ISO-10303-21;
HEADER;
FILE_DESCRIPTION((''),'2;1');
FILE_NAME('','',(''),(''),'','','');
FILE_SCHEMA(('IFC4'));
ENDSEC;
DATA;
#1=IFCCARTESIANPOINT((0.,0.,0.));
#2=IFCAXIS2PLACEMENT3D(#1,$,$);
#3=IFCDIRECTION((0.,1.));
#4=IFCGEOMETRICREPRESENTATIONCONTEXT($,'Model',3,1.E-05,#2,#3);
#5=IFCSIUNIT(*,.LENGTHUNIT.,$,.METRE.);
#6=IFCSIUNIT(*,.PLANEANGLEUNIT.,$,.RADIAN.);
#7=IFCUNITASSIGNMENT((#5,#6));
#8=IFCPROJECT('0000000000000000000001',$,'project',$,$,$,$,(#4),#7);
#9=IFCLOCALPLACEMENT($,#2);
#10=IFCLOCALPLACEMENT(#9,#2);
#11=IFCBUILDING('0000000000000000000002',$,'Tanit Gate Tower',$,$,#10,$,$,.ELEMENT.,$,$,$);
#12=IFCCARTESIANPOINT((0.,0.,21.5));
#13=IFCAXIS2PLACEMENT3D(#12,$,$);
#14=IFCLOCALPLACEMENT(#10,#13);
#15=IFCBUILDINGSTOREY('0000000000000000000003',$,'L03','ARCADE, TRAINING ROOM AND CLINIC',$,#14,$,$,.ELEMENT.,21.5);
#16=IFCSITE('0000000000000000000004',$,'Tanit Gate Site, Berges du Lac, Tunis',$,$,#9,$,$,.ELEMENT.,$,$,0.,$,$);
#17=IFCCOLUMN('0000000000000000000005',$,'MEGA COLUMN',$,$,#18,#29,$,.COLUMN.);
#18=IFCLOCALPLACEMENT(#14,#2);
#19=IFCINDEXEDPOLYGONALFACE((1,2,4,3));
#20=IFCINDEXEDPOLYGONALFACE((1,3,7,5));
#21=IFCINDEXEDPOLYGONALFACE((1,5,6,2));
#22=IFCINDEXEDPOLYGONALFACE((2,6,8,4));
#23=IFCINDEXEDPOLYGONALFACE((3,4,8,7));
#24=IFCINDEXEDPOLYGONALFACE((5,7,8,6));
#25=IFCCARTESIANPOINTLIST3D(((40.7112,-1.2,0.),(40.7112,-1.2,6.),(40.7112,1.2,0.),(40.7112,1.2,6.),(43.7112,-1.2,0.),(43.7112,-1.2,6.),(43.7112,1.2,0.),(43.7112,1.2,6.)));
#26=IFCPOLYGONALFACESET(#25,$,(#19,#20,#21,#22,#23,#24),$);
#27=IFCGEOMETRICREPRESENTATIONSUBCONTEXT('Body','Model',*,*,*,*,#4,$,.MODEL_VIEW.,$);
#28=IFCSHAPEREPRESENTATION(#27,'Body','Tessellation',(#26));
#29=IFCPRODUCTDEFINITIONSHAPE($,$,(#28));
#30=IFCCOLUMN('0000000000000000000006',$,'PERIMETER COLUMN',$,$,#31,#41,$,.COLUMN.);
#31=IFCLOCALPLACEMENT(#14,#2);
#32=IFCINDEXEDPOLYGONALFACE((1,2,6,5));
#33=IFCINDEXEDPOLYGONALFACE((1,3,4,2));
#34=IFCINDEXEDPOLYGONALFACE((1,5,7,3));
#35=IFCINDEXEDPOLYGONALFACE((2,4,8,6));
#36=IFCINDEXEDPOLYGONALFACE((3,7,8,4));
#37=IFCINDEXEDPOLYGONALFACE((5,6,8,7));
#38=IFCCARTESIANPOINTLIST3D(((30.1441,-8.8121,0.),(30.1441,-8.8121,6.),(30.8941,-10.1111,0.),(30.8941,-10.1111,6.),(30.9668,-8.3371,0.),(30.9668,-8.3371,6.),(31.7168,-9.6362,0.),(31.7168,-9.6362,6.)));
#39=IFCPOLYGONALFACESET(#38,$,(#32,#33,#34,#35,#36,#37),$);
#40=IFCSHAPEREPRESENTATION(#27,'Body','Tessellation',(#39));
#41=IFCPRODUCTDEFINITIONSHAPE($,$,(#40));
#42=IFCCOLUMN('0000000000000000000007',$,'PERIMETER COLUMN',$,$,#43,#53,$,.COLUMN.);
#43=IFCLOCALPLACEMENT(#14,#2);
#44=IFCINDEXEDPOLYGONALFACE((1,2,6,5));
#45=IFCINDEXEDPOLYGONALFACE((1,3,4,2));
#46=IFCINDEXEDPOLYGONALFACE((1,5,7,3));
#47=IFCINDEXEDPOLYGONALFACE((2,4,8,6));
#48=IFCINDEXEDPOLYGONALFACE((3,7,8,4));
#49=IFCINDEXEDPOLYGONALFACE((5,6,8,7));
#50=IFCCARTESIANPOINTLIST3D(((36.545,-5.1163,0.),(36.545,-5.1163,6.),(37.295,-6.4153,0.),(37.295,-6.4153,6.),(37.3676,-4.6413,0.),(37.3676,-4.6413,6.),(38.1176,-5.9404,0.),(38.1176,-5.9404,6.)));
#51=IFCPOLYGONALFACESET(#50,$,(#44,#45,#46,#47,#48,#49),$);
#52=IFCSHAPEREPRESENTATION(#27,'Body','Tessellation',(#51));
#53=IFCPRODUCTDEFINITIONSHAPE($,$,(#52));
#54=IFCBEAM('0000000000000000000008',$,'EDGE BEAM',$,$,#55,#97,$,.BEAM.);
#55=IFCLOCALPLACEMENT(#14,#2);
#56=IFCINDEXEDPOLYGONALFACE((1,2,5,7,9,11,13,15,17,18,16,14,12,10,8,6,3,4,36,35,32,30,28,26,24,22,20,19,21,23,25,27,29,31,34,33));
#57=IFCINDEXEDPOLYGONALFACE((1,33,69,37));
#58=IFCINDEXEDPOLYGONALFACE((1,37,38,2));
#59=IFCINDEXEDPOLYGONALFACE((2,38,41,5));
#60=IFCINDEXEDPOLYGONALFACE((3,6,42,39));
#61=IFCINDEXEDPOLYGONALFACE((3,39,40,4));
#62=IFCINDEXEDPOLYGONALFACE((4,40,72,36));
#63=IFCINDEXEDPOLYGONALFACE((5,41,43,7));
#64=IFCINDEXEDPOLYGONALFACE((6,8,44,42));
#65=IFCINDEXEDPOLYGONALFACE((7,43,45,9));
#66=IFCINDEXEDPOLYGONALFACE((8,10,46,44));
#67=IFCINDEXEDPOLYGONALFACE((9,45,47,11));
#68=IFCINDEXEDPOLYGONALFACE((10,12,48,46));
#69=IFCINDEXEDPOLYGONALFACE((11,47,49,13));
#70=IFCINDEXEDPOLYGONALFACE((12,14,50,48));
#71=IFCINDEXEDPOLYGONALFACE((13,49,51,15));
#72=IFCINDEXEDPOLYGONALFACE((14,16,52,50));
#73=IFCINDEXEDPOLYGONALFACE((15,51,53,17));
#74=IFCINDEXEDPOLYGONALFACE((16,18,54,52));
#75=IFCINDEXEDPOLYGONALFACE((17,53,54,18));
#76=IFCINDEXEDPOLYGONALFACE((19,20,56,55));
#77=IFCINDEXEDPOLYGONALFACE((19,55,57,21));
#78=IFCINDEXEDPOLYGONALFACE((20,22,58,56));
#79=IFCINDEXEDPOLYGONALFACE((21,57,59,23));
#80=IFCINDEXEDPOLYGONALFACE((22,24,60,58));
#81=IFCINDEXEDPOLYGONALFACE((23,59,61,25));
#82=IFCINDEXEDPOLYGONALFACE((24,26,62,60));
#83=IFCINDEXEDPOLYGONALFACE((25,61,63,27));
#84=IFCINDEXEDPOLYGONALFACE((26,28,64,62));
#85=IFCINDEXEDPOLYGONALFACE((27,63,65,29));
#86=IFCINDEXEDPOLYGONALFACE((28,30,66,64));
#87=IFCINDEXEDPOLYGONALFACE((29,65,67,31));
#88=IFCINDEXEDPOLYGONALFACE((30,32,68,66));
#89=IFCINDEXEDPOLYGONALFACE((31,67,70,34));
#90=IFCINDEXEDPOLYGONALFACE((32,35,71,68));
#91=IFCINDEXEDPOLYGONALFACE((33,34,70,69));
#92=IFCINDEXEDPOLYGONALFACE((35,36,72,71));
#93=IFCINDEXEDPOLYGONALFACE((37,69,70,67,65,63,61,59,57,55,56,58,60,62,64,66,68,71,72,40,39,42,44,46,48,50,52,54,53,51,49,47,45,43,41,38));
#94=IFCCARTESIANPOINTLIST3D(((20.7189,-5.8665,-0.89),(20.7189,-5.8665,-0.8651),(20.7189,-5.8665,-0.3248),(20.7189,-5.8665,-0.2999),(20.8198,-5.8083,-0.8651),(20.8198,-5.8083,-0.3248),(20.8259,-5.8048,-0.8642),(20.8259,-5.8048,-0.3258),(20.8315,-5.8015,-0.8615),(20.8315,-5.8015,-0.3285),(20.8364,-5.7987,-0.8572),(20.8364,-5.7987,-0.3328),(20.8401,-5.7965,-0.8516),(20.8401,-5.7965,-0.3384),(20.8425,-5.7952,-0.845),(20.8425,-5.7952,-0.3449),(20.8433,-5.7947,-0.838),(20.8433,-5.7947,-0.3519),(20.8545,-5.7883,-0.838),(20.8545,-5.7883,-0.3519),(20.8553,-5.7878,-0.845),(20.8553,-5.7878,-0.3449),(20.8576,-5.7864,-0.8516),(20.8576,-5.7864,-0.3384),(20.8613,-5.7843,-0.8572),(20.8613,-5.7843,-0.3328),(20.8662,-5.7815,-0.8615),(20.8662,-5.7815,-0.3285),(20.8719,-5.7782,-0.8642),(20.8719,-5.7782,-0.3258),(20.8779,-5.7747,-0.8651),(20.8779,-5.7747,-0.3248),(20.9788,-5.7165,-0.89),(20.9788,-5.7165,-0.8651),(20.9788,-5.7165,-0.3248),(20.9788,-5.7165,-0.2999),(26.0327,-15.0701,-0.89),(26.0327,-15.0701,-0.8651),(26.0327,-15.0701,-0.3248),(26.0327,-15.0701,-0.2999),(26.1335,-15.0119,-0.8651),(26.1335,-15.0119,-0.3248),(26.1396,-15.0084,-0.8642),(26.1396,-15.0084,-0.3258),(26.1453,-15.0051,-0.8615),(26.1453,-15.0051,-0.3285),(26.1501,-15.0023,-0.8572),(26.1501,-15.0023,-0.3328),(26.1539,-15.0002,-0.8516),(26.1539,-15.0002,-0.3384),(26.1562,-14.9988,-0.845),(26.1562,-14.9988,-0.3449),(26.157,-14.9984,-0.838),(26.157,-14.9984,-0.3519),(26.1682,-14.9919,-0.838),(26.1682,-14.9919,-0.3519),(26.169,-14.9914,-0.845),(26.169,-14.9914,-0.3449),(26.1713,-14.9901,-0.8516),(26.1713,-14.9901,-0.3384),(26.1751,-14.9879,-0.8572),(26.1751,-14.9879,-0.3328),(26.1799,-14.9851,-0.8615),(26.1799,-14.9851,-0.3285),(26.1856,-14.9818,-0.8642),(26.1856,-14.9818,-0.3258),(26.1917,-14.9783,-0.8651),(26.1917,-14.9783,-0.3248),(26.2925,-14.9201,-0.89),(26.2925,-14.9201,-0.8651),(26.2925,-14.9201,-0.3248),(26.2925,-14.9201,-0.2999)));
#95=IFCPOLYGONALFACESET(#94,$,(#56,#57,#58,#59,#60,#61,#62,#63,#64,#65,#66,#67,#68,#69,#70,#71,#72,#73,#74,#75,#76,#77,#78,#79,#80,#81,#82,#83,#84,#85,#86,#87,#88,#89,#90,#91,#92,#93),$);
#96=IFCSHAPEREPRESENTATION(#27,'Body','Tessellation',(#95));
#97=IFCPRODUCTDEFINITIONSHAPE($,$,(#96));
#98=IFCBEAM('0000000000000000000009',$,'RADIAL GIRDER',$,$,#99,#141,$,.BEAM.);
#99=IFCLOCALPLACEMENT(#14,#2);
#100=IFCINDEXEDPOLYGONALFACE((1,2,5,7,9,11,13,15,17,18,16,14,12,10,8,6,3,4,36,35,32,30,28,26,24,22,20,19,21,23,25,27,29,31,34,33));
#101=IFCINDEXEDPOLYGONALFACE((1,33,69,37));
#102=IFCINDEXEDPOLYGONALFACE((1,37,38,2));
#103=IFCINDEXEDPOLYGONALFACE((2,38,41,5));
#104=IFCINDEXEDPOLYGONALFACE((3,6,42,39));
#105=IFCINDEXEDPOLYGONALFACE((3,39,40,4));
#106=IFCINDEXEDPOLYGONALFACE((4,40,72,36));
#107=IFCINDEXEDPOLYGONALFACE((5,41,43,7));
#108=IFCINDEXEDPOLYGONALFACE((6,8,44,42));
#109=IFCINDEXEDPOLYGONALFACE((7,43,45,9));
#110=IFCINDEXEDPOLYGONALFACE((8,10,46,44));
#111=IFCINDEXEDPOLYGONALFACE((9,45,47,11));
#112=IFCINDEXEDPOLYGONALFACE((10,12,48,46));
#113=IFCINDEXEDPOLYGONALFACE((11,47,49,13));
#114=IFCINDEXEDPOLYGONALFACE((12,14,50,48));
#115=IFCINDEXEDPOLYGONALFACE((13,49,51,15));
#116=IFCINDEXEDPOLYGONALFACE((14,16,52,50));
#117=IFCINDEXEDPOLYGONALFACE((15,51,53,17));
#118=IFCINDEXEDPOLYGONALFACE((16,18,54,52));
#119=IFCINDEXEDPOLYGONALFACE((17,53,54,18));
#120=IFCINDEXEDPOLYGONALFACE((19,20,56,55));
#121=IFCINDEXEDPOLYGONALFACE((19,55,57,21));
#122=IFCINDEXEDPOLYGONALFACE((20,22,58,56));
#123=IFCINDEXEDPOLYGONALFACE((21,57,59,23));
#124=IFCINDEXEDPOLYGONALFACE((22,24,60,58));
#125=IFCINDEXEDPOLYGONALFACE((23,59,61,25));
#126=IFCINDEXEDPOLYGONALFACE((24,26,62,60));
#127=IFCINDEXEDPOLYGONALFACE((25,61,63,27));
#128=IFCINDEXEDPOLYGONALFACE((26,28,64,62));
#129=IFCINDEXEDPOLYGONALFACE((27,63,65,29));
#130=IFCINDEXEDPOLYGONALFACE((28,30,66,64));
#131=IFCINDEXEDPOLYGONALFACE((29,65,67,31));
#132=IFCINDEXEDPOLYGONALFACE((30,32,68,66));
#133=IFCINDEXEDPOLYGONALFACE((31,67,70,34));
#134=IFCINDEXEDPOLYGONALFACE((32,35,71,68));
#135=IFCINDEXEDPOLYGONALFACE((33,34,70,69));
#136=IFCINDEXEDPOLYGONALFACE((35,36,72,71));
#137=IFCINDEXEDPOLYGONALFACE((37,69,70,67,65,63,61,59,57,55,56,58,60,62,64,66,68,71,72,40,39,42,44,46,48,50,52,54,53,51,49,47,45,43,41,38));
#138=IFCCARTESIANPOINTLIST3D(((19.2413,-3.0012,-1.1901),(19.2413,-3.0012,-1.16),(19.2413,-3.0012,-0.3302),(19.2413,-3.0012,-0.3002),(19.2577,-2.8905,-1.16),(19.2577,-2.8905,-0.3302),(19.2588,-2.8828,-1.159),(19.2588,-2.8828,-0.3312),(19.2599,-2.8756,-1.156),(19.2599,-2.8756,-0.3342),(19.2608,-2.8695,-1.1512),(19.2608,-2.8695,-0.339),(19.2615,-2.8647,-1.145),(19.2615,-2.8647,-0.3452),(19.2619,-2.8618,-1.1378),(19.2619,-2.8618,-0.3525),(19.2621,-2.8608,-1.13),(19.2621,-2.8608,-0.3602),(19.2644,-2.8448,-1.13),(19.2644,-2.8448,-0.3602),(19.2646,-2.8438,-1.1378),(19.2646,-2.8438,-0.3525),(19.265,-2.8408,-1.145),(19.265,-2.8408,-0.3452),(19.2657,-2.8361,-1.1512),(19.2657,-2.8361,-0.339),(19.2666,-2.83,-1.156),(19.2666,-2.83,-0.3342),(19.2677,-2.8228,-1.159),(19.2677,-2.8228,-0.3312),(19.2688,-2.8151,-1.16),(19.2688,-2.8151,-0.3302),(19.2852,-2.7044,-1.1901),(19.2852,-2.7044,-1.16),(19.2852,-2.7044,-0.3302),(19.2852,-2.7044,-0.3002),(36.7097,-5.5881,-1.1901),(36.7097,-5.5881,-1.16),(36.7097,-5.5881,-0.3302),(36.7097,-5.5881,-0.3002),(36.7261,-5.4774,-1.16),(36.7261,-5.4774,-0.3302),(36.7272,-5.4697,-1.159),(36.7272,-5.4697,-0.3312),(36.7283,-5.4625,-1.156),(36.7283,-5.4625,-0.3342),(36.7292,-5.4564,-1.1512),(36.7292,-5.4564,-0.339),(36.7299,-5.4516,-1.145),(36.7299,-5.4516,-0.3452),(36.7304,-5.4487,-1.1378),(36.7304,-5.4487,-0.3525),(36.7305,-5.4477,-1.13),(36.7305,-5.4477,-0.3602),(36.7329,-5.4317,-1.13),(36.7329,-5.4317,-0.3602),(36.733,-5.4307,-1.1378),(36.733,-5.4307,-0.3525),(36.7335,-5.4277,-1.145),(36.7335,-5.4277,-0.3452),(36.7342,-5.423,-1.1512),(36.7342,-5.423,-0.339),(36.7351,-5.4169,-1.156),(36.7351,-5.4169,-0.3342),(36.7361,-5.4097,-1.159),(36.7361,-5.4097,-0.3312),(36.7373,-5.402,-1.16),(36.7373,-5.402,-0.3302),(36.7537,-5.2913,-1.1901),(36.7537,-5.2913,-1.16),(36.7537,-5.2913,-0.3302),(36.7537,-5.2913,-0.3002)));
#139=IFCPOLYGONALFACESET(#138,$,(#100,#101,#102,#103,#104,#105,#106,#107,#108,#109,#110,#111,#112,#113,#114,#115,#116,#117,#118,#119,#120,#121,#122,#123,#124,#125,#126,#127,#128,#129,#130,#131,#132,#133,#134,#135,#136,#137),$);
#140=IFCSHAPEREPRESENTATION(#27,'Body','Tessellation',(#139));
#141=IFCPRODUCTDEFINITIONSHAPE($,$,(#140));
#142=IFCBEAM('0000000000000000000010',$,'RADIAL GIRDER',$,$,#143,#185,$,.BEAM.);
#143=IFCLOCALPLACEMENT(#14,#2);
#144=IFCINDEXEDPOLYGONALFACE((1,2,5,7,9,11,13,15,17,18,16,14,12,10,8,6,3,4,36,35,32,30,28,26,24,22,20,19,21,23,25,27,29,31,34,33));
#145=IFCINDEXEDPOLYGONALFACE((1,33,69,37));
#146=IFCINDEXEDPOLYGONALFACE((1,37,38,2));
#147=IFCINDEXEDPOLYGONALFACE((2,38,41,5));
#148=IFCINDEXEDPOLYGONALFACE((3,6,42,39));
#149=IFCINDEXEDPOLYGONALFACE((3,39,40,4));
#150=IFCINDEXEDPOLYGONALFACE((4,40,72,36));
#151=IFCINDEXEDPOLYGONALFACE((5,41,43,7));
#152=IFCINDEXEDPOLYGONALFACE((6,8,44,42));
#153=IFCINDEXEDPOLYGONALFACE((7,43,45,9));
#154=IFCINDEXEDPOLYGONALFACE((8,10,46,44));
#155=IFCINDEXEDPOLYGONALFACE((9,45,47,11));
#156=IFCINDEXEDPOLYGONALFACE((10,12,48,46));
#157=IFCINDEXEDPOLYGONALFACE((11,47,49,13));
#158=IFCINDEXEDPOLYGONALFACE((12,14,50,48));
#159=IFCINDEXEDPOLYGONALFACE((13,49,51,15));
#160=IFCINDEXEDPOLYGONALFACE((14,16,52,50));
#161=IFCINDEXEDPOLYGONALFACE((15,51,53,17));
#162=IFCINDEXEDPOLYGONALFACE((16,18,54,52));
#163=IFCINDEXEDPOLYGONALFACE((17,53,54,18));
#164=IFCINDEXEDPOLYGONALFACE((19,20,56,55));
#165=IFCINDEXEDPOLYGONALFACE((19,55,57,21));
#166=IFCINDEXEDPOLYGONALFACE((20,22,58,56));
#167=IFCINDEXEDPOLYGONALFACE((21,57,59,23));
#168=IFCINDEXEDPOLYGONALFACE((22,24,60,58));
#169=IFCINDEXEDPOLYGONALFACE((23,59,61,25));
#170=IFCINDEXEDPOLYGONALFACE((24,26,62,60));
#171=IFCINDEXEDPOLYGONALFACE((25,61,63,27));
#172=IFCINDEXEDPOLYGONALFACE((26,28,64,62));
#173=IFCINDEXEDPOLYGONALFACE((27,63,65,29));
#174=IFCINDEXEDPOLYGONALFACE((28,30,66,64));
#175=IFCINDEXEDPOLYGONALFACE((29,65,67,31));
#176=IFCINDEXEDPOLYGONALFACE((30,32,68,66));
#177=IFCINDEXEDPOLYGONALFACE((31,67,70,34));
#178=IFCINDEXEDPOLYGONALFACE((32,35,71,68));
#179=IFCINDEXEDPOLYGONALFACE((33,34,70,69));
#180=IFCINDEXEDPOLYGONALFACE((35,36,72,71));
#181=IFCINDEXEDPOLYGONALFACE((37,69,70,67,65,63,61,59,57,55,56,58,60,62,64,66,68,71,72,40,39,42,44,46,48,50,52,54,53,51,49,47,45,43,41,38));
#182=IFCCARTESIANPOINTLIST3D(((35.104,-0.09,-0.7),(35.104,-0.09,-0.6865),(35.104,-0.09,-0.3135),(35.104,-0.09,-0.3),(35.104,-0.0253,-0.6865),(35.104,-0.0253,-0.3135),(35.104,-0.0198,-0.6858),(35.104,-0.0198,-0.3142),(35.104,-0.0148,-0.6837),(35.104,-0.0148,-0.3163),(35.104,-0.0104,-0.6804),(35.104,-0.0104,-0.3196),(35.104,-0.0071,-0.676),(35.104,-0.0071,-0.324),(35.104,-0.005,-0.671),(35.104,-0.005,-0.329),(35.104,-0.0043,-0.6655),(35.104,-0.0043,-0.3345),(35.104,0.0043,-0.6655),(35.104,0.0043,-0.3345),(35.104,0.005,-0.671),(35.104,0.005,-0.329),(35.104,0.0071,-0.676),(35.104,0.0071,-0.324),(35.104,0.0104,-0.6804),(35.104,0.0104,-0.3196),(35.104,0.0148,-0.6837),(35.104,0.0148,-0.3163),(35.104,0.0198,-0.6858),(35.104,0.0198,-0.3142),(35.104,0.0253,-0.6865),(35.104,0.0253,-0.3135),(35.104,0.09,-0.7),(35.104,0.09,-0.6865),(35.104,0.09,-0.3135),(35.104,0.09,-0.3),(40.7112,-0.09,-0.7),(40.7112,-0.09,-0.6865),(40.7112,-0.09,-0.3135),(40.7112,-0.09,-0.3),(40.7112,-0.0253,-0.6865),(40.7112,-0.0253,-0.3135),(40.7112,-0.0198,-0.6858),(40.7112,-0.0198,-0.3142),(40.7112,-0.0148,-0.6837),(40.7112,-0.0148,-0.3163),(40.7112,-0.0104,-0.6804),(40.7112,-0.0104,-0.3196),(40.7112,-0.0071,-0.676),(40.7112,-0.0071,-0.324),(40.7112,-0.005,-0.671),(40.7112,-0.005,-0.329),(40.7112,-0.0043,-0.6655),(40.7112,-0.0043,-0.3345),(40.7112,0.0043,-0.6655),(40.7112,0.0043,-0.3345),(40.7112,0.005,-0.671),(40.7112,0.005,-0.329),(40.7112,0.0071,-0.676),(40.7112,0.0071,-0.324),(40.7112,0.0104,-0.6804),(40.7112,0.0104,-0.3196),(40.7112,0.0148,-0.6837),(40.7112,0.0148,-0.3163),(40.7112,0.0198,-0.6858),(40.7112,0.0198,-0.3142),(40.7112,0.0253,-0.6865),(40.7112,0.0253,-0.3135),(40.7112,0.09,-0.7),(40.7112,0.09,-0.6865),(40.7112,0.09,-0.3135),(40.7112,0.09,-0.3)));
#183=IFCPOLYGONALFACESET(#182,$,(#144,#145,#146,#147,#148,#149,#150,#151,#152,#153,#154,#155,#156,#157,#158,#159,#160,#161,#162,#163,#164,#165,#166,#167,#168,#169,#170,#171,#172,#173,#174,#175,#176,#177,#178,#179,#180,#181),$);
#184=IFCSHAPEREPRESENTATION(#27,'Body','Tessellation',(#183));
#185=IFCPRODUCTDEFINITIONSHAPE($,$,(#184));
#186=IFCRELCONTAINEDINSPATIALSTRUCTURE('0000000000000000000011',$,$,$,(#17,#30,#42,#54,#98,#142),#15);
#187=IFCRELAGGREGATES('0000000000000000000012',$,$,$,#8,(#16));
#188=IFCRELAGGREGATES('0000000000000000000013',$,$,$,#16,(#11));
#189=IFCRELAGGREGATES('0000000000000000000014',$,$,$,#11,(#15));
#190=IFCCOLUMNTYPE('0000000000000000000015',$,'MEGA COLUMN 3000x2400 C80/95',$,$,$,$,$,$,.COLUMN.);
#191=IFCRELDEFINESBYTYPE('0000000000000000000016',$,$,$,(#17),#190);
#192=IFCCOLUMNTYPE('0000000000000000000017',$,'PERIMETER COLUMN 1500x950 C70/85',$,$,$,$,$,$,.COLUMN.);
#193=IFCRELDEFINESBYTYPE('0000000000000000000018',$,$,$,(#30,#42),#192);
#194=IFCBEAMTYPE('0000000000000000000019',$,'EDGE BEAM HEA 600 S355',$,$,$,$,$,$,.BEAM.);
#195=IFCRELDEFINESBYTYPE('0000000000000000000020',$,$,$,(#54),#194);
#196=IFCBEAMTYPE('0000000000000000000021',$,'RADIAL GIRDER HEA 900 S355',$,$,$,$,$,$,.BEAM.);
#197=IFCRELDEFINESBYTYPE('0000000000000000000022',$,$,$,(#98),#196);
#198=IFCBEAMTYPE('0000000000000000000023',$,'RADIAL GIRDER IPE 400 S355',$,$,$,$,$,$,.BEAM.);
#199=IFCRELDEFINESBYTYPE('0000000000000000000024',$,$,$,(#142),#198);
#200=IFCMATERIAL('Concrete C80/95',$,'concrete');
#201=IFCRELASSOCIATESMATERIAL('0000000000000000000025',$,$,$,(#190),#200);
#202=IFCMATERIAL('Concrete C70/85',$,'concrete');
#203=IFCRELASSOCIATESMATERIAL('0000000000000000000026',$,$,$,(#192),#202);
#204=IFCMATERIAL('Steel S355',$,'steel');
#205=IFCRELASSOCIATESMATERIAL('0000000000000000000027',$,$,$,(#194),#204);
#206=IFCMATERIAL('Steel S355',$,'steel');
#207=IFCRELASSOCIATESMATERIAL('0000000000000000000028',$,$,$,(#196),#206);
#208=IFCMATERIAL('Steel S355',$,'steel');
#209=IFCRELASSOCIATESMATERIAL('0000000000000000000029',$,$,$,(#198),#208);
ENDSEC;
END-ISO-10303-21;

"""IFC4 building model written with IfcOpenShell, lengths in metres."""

from ifc_helpers import new_model, si_unit, direction, frame, origin, origin_2d, place, context, subcontext, project, spatial, rectangle, i_section, extrude, material, material_profile, profile_set, type_object, element, save


model = new_model("IFC4")

# Units and contexts
model_context = context("Model", 3, precision=1e-05, world=origin(), true_north=direction((0.0, 1.0)))
body_context = subcontext(model_context, "Body", "Model", "MODEL_VIEW")
ifc_project = project(units=[si_unit("LENGTHUNIT", "METRE"), si_unit("PLANEANGLEUNIT", "RADIAN")], contexts=[model_context])

# Site, building, storey
site_placement = place(None, origin())
site = spatial("IfcSite", under=ifc_project, at=site_placement, Name="Tanit Gate Site, Berges du Lac, Tunis", CompositionType="ELEMENT", RefElevation=0.0)
building_placement = place(site_placement, origin())
building = spatial("IfcBuilding", under=site, at=building_placement, Name="Tanit Gate Tower", CompositionType="ELEMENT")
storey_placement = place(building_placement, frame((0.0, 0.0, 21.5)))
storey = spatial("IfcBuildingStorey", under=building, at=storey_placement, Name="L03", Description="ARCADE, TRAINING ROOM AND CLINIC", CompositionType="ELEMENT", Elevation=21.5)

# Columns
ifc_material_1 = material(Name="Concrete C80/95", Category="concrete")
ifc_material_profile_1 = material_profile(ifc_material_1, rectangle(XDim=3.0, YDim=2.3999, at=origin_2d()), Name="RC 3000x2400")
ifc_profile_set_1 = profile_set([ifc_material_profile_1], Name="Concrete C80/95")
column_type_1 = type_object("IfcColumnType", Name="MEGA COLUMN 3000x2400 C80/95", PredefinedType="COLUMN", material=ifc_profile_set_1)
column_placement = place(storey_placement, frame((42.2112, 0.0, 0.0), z_axis=(0.0, 0.0, 1.0), x_axis=(1.0, 0.0, 0.0)))
element("IfcColumn", 1, at=column_placement, inside=storey, type_object=column_type_1, Name="MEGA COLUMN", PredefinedType="COLUMN", context=body_context, shape_type="SweptSolid", body=[
    extrude(rectangle(XDim=3.0, YDim=2.3999, at=origin_2d()), origin(), (0.0, 0.0, 1.0), 6.0),
])
ifc_material_2 = material(Name="Concrete C70/85", Category="concrete")
ifc_material_profile_2 = material_profile(ifc_material_2, rectangle(XDim=1.5, YDim=0.95, at=origin_2d()), Name="RC 1500x950")
ifc_profile_set_2 = profile_set([ifc_material_profile_2], Name="Concrete C70/85")
column_type_2 = type_object("IfcColumnType", Name="PERIMETER COLUMN 1500x950 C70/85", PredefinedType="COLUMN", material=ifc_profile_set_2)
for number, where, z_axis, x_axis, name in (
    (2, (30.9304, -9.2241, 0.0), (0.0, 0.0, 1.0), (0.5, -0.866025, 0.0), "PERIMETER COLUMN"),
    (3, (37.3313, -5.5283, 0.0), (0.0, 0.0, 1.0), (0.5, -0.866025, 0.0), "PERIMETER COLUMN"),
):
    element("IfcColumn", number, at=place(storey_placement, frame(where, z_axis=z_axis, x_axis=x_axis)), inside=storey, type_object=column_type_2, Name=name, PredefinedType="COLUMN", context=body_context, shape_type="SweptSolid", body=[
        extrude(rectangle(XDim=1.5, YDim=0.95, at=origin_2d()), origin(), (0.0, 0.0, 1.0), 6.0),
    ])

# Beams
ifc_material_3 = material(Name="Steel S355", Category="steel")
ifc_material_profile_3 = material_profile(ifc_material_3, i_section(OverallWidth=0.3, OverallDepth=0.5901, WebThickness=0.0129, FlangeThickness=0.0249, FilletRadius=0.0271, at=origin_2d()), Name="HEA 600")
ifc_profile_set_3 = profile_set([ifc_material_profile_3], Name="Steel S355")
beam_type_1 = type_object("IfcBeamType", Name="EDGE BEAM HEA 600 S355", PredefinedType="BEAM", material=ifc_profile_set_3)
beam_1_placement = place(storey_placement, frame((26.1626, -14.9951, -0.595), z_axis=(-0.500001, 0.866025, 0.0), x_axis=(-0.866025, -0.500001, 0.0)))
element("IfcBeam", 4, at=beam_1_placement, inside=storey, type_object=beam_type_1, Name="EDGE BEAM", PredefinedType="BEAM", context=body_context, shape_type="SweptSolid", body=[
    extrude(i_section(OverallWidth=0.3, OverallDepth=0.5901, WebThickness=0.0129, FlangeThickness=0.0249, FilletRadius=0.0271, at=origin_2d()), origin(), (0.0, 0.0, 1.0), 10.6274),
])
ifc_material_4 = material(Name="Steel S355", Category="steel")
ifc_material_profile_4 = material_profile(ifc_material_4, i_section(OverallWidth=0.3, OverallDepth=0.8899, WebThickness=0.0161, FlangeThickness=0.03, FilletRadius=0.03, at=origin_2d()), Name="HEA 900")
ifc_profile_set_4 = profile_set([ifc_material_profile_4], Name="Steel S355")
beam_type_2 = type_object("IfcBeamType", Name="RADIAL GIRDER HEA 900 S355", PredefinedType="BEAM", material=ifc_profile_set_4)
beam_2_placement = place(storey_placement, frame((36.7317, -5.4397, -0.7451), z_axis=(-0.989212, 0.146493, 0.0), x_axis=(-0.146493, -0.989212, 0.0)))
element("IfcBeam", 5, at=beam_2_placement, inside=storey, type_object=beam_type_2, Name="RADIAL GIRDER", PredefinedType="BEAM", context=body_context, shape_type="SweptSolid", body=[
    extrude(i_section(OverallWidth=0.3, OverallDepth=0.8899, WebThickness=0.0161, FlangeThickness=0.03, FilletRadius=0.03, at=origin_2d()), origin(), (0.0, 0.0, 1.0), 17.6589),
])
ifc_material_5 = material(Name="Steel S355", Category="steel")
ifc_material_profile_5 = material_profile(ifc_material_5, i_section(OverallWidth=0.1799, OverallDepth=0.3999, WebThickness=0.0085, FlangeThickness=0.0134, FilletRadius=0.021, at=origin_2d()), Name="IPE 400")
ifc_profile_set_5 = profile_set([ifc_material_profile_5], Name="Steel S355")
beam_type_3 = type_object("IfcBeamType", Name="RADIAL GIRDER IPE 400 S355", PredefinedType="BEAM", material=ifc_profile_set_5)
beam_3_placement = place(storey_placement, frame((40.7112, 0.0, -0.5), z_axis=(-1.0, 0.0, 0.0), x_axis=(0.0, -1.0, 0.0)))
element("IfcBeam", 6, at=beam_3_placement, inside=storey, type_object=beam_type_3, Name="RADIAL GIRDER", PredefinedType="BEAM", context=body_context, shape_type="SweptSolid", body=[
    extrude(i_section(OverallWidth=0.1799, OverallDepth=0.3999, WebThickness=0.0085, FlangeThickness=0.0134, FilletRadius=0.021, at=origin_2d()), origin(), (0.0, 0.0, 1.0), 5.6072),
])

save(model, "model.ifc")
